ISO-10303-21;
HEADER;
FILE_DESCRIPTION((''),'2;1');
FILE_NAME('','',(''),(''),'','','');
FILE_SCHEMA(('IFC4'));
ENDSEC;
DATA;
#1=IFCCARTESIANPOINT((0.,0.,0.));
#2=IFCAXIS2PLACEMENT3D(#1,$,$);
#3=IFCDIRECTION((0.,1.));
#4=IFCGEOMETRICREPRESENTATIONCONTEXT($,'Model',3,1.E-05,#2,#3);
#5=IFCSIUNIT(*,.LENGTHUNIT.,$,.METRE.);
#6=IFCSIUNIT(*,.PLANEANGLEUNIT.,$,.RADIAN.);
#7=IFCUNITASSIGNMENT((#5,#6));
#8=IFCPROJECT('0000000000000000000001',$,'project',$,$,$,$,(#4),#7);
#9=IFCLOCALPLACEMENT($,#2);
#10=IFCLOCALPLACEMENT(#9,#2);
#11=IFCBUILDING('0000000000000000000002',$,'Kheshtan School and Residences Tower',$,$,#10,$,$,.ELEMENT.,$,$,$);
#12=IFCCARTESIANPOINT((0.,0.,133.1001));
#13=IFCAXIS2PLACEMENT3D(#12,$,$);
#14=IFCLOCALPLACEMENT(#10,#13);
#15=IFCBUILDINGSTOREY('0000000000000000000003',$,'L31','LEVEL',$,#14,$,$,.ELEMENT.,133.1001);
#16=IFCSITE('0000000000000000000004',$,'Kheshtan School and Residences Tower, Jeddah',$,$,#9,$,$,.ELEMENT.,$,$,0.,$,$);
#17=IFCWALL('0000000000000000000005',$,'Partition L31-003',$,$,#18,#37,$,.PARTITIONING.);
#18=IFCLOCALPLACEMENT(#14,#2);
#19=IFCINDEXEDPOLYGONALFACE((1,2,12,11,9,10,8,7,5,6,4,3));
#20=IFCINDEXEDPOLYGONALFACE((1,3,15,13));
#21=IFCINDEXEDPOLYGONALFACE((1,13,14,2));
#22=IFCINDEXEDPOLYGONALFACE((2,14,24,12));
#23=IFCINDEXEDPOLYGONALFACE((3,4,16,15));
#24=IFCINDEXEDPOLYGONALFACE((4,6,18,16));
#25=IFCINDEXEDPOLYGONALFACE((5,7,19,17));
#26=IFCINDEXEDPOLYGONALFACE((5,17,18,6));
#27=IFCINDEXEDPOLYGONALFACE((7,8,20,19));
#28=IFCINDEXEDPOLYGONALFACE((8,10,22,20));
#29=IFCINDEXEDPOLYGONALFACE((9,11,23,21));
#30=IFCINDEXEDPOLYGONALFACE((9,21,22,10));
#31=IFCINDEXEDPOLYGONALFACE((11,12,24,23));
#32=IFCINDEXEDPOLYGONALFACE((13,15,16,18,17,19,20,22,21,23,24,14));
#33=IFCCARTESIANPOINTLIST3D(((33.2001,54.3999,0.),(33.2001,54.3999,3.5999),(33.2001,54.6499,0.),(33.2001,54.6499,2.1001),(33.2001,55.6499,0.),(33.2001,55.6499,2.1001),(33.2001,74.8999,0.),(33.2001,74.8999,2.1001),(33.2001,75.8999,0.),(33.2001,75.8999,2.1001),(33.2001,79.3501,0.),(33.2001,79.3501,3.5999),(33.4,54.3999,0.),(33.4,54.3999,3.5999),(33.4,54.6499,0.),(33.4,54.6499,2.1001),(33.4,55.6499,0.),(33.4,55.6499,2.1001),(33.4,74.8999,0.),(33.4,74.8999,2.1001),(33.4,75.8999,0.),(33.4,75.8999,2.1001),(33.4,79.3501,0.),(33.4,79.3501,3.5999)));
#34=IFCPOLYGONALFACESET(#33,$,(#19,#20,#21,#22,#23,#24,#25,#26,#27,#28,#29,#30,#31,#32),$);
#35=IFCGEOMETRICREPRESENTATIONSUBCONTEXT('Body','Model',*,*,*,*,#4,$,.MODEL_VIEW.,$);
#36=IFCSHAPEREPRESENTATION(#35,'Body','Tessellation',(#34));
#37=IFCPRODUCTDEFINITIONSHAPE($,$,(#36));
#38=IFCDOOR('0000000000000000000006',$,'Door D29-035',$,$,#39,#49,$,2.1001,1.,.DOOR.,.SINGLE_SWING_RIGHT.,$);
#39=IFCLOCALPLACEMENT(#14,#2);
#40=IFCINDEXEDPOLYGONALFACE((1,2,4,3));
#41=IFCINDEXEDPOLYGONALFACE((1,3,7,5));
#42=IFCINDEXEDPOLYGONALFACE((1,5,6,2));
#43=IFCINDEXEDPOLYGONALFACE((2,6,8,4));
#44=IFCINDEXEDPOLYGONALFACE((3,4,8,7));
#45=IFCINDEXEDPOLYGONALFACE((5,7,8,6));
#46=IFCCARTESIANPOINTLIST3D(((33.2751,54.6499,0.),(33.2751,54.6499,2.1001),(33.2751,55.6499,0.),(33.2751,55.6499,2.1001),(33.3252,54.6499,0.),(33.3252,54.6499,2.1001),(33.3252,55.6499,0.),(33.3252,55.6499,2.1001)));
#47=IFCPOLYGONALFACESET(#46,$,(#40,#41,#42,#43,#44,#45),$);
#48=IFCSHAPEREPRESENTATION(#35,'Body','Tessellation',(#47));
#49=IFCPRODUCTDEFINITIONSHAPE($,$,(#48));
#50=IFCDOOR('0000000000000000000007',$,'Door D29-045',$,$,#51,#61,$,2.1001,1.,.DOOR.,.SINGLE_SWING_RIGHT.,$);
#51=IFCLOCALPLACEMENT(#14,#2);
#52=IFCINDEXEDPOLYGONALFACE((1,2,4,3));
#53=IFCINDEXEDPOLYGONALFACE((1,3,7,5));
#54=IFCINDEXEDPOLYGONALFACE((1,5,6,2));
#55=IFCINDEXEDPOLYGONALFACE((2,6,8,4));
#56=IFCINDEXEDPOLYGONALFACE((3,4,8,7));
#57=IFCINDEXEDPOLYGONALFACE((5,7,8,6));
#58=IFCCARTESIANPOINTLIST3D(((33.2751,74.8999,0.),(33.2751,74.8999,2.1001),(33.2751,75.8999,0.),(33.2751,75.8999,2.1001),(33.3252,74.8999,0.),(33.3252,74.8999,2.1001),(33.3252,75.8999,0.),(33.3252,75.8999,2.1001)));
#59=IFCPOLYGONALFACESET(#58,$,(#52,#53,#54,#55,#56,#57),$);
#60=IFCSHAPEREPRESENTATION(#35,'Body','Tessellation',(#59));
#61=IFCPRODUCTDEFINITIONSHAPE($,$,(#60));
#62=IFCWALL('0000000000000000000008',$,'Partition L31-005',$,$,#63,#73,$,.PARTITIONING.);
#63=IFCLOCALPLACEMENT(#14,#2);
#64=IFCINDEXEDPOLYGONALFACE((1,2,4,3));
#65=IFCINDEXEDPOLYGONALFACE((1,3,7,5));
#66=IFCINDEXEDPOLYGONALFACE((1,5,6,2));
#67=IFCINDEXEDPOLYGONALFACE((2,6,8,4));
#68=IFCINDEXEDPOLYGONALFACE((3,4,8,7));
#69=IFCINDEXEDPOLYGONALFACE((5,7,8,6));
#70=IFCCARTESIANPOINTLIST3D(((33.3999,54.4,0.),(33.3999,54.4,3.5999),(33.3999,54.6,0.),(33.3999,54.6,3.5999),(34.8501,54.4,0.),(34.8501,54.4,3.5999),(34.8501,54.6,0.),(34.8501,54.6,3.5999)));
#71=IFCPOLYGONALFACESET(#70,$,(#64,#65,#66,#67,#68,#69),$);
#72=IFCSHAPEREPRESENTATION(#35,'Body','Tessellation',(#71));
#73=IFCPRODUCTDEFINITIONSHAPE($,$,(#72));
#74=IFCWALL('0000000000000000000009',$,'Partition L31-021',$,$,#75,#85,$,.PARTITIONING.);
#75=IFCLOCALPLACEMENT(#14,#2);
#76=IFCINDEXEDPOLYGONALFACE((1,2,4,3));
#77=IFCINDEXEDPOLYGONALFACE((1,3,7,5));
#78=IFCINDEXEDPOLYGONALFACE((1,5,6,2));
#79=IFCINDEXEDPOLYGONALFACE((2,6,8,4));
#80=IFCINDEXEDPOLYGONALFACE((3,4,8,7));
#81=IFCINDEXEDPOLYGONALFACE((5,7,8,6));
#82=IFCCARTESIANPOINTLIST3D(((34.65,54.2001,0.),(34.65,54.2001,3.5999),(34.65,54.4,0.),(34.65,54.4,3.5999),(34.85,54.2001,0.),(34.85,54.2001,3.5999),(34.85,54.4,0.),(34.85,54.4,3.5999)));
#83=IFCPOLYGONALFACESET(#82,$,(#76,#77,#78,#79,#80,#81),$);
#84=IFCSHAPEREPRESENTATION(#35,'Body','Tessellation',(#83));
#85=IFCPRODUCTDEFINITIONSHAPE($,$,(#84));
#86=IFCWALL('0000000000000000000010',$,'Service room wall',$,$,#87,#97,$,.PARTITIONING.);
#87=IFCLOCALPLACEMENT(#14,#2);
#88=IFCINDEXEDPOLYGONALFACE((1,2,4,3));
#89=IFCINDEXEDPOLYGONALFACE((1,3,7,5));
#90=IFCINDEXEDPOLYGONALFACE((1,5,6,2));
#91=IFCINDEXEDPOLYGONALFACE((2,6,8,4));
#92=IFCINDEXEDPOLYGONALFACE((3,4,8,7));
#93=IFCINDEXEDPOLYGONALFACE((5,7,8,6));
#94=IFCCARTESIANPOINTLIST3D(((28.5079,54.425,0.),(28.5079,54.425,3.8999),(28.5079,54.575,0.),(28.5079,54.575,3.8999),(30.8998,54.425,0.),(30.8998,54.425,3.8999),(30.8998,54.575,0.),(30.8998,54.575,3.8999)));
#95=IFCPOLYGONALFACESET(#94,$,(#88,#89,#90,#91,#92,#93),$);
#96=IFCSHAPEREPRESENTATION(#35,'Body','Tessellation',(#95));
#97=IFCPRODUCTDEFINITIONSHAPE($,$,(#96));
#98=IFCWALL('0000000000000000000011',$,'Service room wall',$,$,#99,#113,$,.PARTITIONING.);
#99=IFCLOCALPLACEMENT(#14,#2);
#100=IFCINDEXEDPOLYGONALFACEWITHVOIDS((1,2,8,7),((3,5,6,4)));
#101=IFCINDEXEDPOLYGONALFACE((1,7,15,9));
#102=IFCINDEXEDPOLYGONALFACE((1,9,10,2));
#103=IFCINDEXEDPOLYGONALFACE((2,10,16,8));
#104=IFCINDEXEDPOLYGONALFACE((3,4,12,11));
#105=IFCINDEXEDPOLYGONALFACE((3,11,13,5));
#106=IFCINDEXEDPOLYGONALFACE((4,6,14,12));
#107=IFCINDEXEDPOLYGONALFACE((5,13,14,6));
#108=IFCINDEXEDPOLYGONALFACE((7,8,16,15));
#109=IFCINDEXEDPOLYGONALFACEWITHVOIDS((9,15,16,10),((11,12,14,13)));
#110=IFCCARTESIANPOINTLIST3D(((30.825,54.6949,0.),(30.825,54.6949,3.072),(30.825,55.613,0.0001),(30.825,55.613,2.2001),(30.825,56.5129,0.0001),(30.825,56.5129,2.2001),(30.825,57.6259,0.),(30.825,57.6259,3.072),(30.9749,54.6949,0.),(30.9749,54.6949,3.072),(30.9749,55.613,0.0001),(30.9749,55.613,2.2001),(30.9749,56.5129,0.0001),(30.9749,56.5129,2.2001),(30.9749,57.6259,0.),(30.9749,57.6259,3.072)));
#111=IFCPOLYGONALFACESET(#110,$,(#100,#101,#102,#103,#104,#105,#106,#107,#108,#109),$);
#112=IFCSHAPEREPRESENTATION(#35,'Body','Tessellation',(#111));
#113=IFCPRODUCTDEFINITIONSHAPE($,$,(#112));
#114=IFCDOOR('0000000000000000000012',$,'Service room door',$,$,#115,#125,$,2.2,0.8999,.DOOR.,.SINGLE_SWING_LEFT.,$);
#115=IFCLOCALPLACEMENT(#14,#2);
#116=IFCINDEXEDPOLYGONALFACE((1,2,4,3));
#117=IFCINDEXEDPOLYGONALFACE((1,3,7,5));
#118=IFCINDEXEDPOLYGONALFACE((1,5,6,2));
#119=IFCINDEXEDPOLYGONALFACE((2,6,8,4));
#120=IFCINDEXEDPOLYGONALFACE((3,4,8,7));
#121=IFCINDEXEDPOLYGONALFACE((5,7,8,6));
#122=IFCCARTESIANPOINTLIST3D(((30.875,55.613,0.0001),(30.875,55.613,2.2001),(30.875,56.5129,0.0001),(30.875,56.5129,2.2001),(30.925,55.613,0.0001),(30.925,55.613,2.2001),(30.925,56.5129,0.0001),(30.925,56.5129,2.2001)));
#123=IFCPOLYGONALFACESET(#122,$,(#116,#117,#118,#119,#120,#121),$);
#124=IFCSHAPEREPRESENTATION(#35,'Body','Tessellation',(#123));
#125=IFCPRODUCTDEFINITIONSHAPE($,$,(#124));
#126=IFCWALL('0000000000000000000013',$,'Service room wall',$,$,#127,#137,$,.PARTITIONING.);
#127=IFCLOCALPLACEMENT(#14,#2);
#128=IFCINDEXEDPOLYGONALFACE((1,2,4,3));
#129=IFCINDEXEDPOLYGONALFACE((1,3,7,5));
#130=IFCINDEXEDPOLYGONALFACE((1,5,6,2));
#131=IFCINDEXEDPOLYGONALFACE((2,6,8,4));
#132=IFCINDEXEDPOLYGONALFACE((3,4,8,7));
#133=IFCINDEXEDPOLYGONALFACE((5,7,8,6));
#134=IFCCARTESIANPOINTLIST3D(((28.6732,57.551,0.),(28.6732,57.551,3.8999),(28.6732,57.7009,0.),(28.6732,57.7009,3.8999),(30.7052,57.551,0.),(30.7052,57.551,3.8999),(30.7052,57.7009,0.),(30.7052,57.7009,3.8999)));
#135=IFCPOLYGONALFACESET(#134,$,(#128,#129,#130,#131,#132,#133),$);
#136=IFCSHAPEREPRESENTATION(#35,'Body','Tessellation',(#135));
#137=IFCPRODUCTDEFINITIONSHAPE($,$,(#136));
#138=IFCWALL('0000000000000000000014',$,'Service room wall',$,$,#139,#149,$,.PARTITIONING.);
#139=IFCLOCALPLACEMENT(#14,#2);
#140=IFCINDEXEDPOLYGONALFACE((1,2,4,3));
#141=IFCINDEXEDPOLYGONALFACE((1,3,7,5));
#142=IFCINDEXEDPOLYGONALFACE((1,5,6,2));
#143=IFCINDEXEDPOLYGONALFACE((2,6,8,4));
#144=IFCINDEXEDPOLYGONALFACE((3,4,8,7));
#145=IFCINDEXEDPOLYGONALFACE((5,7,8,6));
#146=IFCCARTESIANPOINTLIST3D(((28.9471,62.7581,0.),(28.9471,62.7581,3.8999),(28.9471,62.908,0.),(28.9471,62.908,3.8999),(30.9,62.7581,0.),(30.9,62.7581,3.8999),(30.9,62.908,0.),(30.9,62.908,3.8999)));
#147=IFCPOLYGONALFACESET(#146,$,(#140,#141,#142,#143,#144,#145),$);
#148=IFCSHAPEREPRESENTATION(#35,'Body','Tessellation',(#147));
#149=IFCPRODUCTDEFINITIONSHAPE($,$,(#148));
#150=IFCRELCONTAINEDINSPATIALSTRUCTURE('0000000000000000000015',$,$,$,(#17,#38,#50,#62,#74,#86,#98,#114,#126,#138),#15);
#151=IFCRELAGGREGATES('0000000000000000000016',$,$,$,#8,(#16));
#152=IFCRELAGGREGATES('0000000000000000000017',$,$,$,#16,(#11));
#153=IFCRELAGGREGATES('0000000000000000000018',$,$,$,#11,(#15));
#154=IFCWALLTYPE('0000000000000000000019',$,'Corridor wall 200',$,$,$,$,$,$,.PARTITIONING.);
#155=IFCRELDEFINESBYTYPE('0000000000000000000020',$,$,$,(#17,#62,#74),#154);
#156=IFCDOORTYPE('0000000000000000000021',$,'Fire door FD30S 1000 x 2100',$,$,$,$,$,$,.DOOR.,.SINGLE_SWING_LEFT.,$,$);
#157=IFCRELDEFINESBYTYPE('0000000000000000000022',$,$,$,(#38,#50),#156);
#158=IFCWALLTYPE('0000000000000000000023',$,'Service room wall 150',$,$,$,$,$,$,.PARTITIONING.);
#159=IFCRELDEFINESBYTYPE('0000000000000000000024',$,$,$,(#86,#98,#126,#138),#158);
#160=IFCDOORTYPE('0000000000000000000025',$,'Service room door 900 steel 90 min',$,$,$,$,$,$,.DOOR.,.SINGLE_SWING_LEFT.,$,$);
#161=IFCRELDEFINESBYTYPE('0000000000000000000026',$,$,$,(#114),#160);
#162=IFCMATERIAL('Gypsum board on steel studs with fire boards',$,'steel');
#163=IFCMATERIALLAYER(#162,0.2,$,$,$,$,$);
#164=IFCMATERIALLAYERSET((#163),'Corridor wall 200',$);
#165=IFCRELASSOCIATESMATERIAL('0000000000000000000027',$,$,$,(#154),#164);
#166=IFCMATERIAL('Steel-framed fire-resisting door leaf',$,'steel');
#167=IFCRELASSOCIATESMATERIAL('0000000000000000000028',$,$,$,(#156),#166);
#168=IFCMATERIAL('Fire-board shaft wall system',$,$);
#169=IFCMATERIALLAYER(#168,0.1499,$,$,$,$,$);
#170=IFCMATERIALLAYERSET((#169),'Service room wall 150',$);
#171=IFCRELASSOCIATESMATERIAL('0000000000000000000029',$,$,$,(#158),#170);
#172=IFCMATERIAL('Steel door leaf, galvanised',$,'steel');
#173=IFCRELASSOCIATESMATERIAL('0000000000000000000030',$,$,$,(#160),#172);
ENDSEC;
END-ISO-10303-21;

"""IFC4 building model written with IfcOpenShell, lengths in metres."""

from ifc_helpers import new_model, si_unit, direction, frame, frame_2d, origin, place, context, subcontext, project, spatial, rectangle, extrude, source, transform, mapped, material, layer, layer_set, type_object, element, fill, save


model = new_model("IFC4")

# Units and contexts
model_context = context("Model", 3, precision=1e-05, world=origin(), true_north=direction((0.0, 1.0)))
body_context = subcontext(model_context, "Body", "Model", "MODEL_VIEW")
ifc_project = project(units=[si_unit("LENGTHUNIT", "METRE"), si_unit("PLANEANGLEUNIT", "RADIAN")], contexts=[model_context])

# Site, building, storey
site_placement = place(None, origin())
site = spatial("IfcSite", under=ifc_project, at=site_placement, Name="Kheshtan School and Residences Tower, Jeddah", CompositionType="ELEMENT", RefElevation=0.0)
building_placement = place(site_placement, origin())
building = spatial("IfcBuilding", under=site, at=building_placement, Name="Kheshtan School and Residences Tower", CompositionType="ELEMENT")
storey_placement = place(building_placement, frame((0.0, 0.0, 133.1001)))
storey = spatial("IfcBuildingStorey", under=building, at=storey_placement, Name="L31", Description="LEVEL", CompositionType="ELEMENT", Elevation=133.1001)

# Wall, openings, doors
ifc_material_1 = material(Name="Gypsum board on steel studs with fire boards", Category="steel")
ifc_layer_1 = layer(ifc_material_1, 0.2)
ifc_layer_set_1 = layer_set([ifc_layer_1], Name="Corridor wall 200")
wall_type_1 = type_object("IfcWallType", Name="Corridor wall 200", PredefinedType="PARTITIONING", material=ifc_layer_set_1)
wall_1_placement = place(storey_placement, frame((33.3, 54.3999, 0.0), z_axis=(0.0, 0.0, 1.0), x_axis=(0.0, 1.0, 0.0)))
wall_1 = element("IfcWall", 1, at=wall_1_placement, inside=storey, type_object=wall_type_1, Name="Partition L31-003", PredefinedType="PARTITIONING", context=body_context, shape_type="SweptSolid", body=[
    extrude(rectangle(XDim=24.9502, YDim=0.2, at=frame_2d((12.4751, 0.0))), origin(), (0.0, 0.0, 1.0), 3.5999),
])
opening_1_placement = place(wall_1_placement, frame((0.25, 0.0, 0.0)))
opening_1 = element("IfcOpeningElement", 2, at=opening_1_placement, cuts=wall_1, PredefinedType="OPENING", context=body_context, shape_type="SweptSolid", body=[
    extrude(rectangle(XDim=1.0, YDim=2.1001, at=frame_2d((0.5, 1.05))), frame((0.0, 0.1099, 0.0), z_axis=(0.0, -1.0, 0.0), x_axis=(1.0, 0.0, 0.0)), (0.0, 0.0, 1.0), 0.22),
])
opening_2_placement = place(wall_1_placement, frame((20.5, 0.0, 0.0)))
opening_2 = element("IfcOpeningElement", 3, at=opening_2_placement, cuts=wall_1, PredefinedType="OPENING", context=body_context, shape_type="SweptSolid", body=[
    extrude(rectangle(XDim=1.0, YDim=2.1001, at=frame_2d((0.5, 1.05))), frame((0.0, 0.1099, 0.0), z_axis=(0.0, -1.0, 0.0), x_axis=(1.0, 0.0, 0.0)), (0.0, 0.0, 1.0), 0.22),
])
ifc_material_2 = material(Name="Steel-framed fire-resisting door leaf", Category="steel")
door_type_1 = type_object("IfcDoorType", Name="Fire door FD30S 1000 x 2100", OperationType="SINGLE_SWING_LEFT", PredefinedType="DOOR", material=ifc_material_2)
shared_shape_1 = source(origin(), body_context, "Body", "SweptSolid", [
    extrude(rectangle(XDim=1.0, YDim=2.1001, at=frame_2d((0.5, 1.05))), frame((0.0, 0.0249, 0.0), z_axis=(0.0, -1.0, 0.0), x_axis=(1.0, 0.0, 0.0)), (0.0, 0.0, 1.0), 0.05),
])
door_1_placement = place(opening_1_placement, origin())
door_1 = element("IfcDoor", 4, at=door_1_placement, inside=storey, type_object=door_type_1, Name="Door D29-035", OperationType="SINGLE_SWING_RIGHT", OverallHeight=2.1001, OverallWidth=1.0, PredefinedType="DOOR", context=body_context, shape_type="MappedRepresentation", body=[
    mapped(shared_shape_1, transform((0.0, 0.0, 0.0), x_axis=(1.0, 0.0, 0.0), y_axis=(0.0, 1.0, 0.0), z_axis=(0.0, 0.0, 1.0), scale=1.0)),
])
fill(opening_1, door_1)
door_2_placement = place(opening_2_placement, origin())
door_2 = element("IfcDoor", 5, at=door_2_placement, inside=storey, type_object=door_type_1, Name="Door D29-045", OperationType="SINGLE_SWING_RIGHT", OverallHeight=2.1001, OverallWidth=1.0, PredefinedType="DOOR", context=body_context, shape_type="MappedRepresentation", body=[
    mapped(shared_shape_1, transform((0.0, 0.0, 0.0), x_axis=(1.0, 0.0, 0.0), y_axis=(0.0, 1.0, 0.0), z_axis=(0.0, 0.0, 1.0), scale=1.0)),
])
fill(opening_2, door_2)

# Walls
wall_2_placement = place(storey_placement, frame((33.3999, 54.5, 0.0), z_axis=(0.0, 0.0, 1.0), x_axis=(1.0, 0.0, 0.0)))
element("IfcWall", 6, at=wall_2_placement, inside=storey, type_object=wall_type_1, Name="Partition L31-005", PredefinedType="PARTITIONING", context=body_context, shape_type="SweptSolid", body=[
    extrude(rectangle(XDim=1.4502, YDim=0.2, at=frame_2d((0.7251, 0.0))), origin(), (0.0, 0.0, 1.0), 3.5999),
])
wall_3_placement = place(storey_placement, frame((34.75, 54.2, 0.0), z_axis=(0.0, 0.0, 1.0), x_axis=(0.0, 1.0, 0.0)))
element("IfcWall", 7, at=wall_3_placement, inside=storey, type_object=wall_type_1, Name="Partition L31-021", PredefinedType="PARTITIONING", context=body_context, shape_type="SweptSolid", body=[
    extrude(rectangle(XDim=0.2, YDim=0.2, at=frame_2d((0.1001, 0.0))), origin(), (0.0, 0.0, 1.0), 3.5999),
])
ifc_material_3 = material(Name="Fire-board shaft wall system")
ifc_layer_2 = layer(ifc_material_3, 0.1499)
ifc_layer_set_2 = layer_set([ifc_layer_2], Name="Service room wall 150")
wall_type_2 = type_object("IfcWallType", Name="Service room wall 150", PredefinedType="PARTITIONING", material=ifc_layer_set_2)
wall_4_placement = place(storey_placement, frame((28.5081, 54.5, 0.0), z_axis=(0.0, 0.0, 1.0), x_axis=(1.0, 0.0, 0.0)))
element("IfcWall", 8, at=wall_4_placement, inside=storey, type_object=wall_type_2, Name="Service room wall", PredefinedType="PARTITIONING", context=body_context, shape_type="SweptSolid", body=[
    extrude(rectangle(XDim=2.3918, YDim=0.1499, at=frame_2d((1.1958, 0.0))), origin(), (0.0, 0.0, 1.0), 3.8999),
])

# Wall, opening, door
wall_5_placement = place(storey_placement, frame((30.8999, 54.6951, 0.0), z_axis=(0.0, 0.0, 1.0), x_axis=(0.0, 1.0, 0.0)))
wall_5 = element("IfcWall", 9, at=wall_5_placement, inside=storey, type_object=wall_type_2, Name="Service room wall", PredefinedType="PARTITIONING", context=body_context, shape_type="SweptSolid", body=[
    extrude(rectangle(XDim=2.9309, YDim=0.1499, at=frame_2d((1.4653, 0.0))), origin(), (0.0, 0.0, 1.0), 3.072),
])
opening_3_placement = place(wall_5_placement, frame((0.918, 0.0, 0.0)))
opening_3 = element("IfcOpeningElement", 10, at=opening_3_placement, cuts=wall_5, PredefinedType="OPENING", context=body_context, shape_type="SweptSolid", body=[
    extrude(rectangle(XDim=0.8999, YDim=2.2, at=frame_2d((0.45, 1.1001))), frame((0.0, 0.085, 0.0), z_axis=(0.0, -1.0, 0.0), x_axis=(1.0, 0.0, 0.0)), (0.0, 0.0, 1.0), 0.1699),
])
ifc_material_4 = material(Name="Steel door leaf, galvanised", Category="steel")
door_type_2 = type_object("IfcDoorType", Name="Service room door 900 steel 90 min", OperationType="SINGLE_SWING_LEFT", PredefinedType="DOOR", material=ifc_material_4)
shared_shape_2 = source(origin(), body_context, "Body", "SweptSolid", [
    extrude(rectangle(XDim=0.8999, YDim=2.2, at=frame_2d((0.45, 1.1001))), frame((0.0, 0.0249, 0.0), z_axis=(0.0, -1.0, 0.0), x_axis=(1.0, 0.0, 0.0)), (0.0, 0.0, 1.0), 0.05),
])
door_3_placement = place(opening_3_placement, origin())
door_3 = element("IfcDoor", 11, at=door_3_placement, inside=storey, type_object=door_type_2, Name="Service room door", OperationType="SINGLE_SWING_LEFT", OverallHeight=2.2, OverallWidth=0.8999, PredefinedType="DOOR", context=body_context, shape_type="MappedRepresentation", body=[
    mapped(shared_shape_2, transform((0.0, 0.0, 0.0), x_axis=(1.0, 0.0, 0.0), y_axis=(0.0, 1.0, 0.0), z_axis=(0.0, 0.0, 1.0), scale=1.0)),
])
fill(opening_3, door_3)

# Walls
wall_6_placement = place(storey_placement, frame((28.6731, 57.626, 0.0), z_axis=(0.0, 0.0, 1.0), x_axis=(1.0, 0.0, 0.0)))
element("IfcWall", 12, at=wall_6_placement, inside=storey, type_object=wall_type_2, Name="Service room wall", PredefinedType="PARTITIONING", context=body_context, shape_type="SweptSolid", body=[
    extrude(rectangle(XDim=2.032, YDim=0.1499, at=frame_2d((1.0161, 0.0))), origin(), (0.0, 0.0, 1.0), 3.8999),
])
wall_7_placement = place(storey_placement, frame((28.947, 62.833, 0.0), z_axis=(0.0, 0.0, 1.0), x_axis=(1.0, 0.0, 0.0)))
element("IfcWall", 13, at=wall_7_placement, inside=storey, type_object=wall_type_2, Name="Service room wall", PredefinedType="PARTITIONING", context=body_context, shape_type="SweptSolid", body=[
    extrude(rectangle(XDim=1.9529, YDim=0.1499, at=frame_2d((0.9766, 0.0))), origin(), (0.0, 0.0, 1.0), 3.8999),
])

save(model, "model.ifc")
